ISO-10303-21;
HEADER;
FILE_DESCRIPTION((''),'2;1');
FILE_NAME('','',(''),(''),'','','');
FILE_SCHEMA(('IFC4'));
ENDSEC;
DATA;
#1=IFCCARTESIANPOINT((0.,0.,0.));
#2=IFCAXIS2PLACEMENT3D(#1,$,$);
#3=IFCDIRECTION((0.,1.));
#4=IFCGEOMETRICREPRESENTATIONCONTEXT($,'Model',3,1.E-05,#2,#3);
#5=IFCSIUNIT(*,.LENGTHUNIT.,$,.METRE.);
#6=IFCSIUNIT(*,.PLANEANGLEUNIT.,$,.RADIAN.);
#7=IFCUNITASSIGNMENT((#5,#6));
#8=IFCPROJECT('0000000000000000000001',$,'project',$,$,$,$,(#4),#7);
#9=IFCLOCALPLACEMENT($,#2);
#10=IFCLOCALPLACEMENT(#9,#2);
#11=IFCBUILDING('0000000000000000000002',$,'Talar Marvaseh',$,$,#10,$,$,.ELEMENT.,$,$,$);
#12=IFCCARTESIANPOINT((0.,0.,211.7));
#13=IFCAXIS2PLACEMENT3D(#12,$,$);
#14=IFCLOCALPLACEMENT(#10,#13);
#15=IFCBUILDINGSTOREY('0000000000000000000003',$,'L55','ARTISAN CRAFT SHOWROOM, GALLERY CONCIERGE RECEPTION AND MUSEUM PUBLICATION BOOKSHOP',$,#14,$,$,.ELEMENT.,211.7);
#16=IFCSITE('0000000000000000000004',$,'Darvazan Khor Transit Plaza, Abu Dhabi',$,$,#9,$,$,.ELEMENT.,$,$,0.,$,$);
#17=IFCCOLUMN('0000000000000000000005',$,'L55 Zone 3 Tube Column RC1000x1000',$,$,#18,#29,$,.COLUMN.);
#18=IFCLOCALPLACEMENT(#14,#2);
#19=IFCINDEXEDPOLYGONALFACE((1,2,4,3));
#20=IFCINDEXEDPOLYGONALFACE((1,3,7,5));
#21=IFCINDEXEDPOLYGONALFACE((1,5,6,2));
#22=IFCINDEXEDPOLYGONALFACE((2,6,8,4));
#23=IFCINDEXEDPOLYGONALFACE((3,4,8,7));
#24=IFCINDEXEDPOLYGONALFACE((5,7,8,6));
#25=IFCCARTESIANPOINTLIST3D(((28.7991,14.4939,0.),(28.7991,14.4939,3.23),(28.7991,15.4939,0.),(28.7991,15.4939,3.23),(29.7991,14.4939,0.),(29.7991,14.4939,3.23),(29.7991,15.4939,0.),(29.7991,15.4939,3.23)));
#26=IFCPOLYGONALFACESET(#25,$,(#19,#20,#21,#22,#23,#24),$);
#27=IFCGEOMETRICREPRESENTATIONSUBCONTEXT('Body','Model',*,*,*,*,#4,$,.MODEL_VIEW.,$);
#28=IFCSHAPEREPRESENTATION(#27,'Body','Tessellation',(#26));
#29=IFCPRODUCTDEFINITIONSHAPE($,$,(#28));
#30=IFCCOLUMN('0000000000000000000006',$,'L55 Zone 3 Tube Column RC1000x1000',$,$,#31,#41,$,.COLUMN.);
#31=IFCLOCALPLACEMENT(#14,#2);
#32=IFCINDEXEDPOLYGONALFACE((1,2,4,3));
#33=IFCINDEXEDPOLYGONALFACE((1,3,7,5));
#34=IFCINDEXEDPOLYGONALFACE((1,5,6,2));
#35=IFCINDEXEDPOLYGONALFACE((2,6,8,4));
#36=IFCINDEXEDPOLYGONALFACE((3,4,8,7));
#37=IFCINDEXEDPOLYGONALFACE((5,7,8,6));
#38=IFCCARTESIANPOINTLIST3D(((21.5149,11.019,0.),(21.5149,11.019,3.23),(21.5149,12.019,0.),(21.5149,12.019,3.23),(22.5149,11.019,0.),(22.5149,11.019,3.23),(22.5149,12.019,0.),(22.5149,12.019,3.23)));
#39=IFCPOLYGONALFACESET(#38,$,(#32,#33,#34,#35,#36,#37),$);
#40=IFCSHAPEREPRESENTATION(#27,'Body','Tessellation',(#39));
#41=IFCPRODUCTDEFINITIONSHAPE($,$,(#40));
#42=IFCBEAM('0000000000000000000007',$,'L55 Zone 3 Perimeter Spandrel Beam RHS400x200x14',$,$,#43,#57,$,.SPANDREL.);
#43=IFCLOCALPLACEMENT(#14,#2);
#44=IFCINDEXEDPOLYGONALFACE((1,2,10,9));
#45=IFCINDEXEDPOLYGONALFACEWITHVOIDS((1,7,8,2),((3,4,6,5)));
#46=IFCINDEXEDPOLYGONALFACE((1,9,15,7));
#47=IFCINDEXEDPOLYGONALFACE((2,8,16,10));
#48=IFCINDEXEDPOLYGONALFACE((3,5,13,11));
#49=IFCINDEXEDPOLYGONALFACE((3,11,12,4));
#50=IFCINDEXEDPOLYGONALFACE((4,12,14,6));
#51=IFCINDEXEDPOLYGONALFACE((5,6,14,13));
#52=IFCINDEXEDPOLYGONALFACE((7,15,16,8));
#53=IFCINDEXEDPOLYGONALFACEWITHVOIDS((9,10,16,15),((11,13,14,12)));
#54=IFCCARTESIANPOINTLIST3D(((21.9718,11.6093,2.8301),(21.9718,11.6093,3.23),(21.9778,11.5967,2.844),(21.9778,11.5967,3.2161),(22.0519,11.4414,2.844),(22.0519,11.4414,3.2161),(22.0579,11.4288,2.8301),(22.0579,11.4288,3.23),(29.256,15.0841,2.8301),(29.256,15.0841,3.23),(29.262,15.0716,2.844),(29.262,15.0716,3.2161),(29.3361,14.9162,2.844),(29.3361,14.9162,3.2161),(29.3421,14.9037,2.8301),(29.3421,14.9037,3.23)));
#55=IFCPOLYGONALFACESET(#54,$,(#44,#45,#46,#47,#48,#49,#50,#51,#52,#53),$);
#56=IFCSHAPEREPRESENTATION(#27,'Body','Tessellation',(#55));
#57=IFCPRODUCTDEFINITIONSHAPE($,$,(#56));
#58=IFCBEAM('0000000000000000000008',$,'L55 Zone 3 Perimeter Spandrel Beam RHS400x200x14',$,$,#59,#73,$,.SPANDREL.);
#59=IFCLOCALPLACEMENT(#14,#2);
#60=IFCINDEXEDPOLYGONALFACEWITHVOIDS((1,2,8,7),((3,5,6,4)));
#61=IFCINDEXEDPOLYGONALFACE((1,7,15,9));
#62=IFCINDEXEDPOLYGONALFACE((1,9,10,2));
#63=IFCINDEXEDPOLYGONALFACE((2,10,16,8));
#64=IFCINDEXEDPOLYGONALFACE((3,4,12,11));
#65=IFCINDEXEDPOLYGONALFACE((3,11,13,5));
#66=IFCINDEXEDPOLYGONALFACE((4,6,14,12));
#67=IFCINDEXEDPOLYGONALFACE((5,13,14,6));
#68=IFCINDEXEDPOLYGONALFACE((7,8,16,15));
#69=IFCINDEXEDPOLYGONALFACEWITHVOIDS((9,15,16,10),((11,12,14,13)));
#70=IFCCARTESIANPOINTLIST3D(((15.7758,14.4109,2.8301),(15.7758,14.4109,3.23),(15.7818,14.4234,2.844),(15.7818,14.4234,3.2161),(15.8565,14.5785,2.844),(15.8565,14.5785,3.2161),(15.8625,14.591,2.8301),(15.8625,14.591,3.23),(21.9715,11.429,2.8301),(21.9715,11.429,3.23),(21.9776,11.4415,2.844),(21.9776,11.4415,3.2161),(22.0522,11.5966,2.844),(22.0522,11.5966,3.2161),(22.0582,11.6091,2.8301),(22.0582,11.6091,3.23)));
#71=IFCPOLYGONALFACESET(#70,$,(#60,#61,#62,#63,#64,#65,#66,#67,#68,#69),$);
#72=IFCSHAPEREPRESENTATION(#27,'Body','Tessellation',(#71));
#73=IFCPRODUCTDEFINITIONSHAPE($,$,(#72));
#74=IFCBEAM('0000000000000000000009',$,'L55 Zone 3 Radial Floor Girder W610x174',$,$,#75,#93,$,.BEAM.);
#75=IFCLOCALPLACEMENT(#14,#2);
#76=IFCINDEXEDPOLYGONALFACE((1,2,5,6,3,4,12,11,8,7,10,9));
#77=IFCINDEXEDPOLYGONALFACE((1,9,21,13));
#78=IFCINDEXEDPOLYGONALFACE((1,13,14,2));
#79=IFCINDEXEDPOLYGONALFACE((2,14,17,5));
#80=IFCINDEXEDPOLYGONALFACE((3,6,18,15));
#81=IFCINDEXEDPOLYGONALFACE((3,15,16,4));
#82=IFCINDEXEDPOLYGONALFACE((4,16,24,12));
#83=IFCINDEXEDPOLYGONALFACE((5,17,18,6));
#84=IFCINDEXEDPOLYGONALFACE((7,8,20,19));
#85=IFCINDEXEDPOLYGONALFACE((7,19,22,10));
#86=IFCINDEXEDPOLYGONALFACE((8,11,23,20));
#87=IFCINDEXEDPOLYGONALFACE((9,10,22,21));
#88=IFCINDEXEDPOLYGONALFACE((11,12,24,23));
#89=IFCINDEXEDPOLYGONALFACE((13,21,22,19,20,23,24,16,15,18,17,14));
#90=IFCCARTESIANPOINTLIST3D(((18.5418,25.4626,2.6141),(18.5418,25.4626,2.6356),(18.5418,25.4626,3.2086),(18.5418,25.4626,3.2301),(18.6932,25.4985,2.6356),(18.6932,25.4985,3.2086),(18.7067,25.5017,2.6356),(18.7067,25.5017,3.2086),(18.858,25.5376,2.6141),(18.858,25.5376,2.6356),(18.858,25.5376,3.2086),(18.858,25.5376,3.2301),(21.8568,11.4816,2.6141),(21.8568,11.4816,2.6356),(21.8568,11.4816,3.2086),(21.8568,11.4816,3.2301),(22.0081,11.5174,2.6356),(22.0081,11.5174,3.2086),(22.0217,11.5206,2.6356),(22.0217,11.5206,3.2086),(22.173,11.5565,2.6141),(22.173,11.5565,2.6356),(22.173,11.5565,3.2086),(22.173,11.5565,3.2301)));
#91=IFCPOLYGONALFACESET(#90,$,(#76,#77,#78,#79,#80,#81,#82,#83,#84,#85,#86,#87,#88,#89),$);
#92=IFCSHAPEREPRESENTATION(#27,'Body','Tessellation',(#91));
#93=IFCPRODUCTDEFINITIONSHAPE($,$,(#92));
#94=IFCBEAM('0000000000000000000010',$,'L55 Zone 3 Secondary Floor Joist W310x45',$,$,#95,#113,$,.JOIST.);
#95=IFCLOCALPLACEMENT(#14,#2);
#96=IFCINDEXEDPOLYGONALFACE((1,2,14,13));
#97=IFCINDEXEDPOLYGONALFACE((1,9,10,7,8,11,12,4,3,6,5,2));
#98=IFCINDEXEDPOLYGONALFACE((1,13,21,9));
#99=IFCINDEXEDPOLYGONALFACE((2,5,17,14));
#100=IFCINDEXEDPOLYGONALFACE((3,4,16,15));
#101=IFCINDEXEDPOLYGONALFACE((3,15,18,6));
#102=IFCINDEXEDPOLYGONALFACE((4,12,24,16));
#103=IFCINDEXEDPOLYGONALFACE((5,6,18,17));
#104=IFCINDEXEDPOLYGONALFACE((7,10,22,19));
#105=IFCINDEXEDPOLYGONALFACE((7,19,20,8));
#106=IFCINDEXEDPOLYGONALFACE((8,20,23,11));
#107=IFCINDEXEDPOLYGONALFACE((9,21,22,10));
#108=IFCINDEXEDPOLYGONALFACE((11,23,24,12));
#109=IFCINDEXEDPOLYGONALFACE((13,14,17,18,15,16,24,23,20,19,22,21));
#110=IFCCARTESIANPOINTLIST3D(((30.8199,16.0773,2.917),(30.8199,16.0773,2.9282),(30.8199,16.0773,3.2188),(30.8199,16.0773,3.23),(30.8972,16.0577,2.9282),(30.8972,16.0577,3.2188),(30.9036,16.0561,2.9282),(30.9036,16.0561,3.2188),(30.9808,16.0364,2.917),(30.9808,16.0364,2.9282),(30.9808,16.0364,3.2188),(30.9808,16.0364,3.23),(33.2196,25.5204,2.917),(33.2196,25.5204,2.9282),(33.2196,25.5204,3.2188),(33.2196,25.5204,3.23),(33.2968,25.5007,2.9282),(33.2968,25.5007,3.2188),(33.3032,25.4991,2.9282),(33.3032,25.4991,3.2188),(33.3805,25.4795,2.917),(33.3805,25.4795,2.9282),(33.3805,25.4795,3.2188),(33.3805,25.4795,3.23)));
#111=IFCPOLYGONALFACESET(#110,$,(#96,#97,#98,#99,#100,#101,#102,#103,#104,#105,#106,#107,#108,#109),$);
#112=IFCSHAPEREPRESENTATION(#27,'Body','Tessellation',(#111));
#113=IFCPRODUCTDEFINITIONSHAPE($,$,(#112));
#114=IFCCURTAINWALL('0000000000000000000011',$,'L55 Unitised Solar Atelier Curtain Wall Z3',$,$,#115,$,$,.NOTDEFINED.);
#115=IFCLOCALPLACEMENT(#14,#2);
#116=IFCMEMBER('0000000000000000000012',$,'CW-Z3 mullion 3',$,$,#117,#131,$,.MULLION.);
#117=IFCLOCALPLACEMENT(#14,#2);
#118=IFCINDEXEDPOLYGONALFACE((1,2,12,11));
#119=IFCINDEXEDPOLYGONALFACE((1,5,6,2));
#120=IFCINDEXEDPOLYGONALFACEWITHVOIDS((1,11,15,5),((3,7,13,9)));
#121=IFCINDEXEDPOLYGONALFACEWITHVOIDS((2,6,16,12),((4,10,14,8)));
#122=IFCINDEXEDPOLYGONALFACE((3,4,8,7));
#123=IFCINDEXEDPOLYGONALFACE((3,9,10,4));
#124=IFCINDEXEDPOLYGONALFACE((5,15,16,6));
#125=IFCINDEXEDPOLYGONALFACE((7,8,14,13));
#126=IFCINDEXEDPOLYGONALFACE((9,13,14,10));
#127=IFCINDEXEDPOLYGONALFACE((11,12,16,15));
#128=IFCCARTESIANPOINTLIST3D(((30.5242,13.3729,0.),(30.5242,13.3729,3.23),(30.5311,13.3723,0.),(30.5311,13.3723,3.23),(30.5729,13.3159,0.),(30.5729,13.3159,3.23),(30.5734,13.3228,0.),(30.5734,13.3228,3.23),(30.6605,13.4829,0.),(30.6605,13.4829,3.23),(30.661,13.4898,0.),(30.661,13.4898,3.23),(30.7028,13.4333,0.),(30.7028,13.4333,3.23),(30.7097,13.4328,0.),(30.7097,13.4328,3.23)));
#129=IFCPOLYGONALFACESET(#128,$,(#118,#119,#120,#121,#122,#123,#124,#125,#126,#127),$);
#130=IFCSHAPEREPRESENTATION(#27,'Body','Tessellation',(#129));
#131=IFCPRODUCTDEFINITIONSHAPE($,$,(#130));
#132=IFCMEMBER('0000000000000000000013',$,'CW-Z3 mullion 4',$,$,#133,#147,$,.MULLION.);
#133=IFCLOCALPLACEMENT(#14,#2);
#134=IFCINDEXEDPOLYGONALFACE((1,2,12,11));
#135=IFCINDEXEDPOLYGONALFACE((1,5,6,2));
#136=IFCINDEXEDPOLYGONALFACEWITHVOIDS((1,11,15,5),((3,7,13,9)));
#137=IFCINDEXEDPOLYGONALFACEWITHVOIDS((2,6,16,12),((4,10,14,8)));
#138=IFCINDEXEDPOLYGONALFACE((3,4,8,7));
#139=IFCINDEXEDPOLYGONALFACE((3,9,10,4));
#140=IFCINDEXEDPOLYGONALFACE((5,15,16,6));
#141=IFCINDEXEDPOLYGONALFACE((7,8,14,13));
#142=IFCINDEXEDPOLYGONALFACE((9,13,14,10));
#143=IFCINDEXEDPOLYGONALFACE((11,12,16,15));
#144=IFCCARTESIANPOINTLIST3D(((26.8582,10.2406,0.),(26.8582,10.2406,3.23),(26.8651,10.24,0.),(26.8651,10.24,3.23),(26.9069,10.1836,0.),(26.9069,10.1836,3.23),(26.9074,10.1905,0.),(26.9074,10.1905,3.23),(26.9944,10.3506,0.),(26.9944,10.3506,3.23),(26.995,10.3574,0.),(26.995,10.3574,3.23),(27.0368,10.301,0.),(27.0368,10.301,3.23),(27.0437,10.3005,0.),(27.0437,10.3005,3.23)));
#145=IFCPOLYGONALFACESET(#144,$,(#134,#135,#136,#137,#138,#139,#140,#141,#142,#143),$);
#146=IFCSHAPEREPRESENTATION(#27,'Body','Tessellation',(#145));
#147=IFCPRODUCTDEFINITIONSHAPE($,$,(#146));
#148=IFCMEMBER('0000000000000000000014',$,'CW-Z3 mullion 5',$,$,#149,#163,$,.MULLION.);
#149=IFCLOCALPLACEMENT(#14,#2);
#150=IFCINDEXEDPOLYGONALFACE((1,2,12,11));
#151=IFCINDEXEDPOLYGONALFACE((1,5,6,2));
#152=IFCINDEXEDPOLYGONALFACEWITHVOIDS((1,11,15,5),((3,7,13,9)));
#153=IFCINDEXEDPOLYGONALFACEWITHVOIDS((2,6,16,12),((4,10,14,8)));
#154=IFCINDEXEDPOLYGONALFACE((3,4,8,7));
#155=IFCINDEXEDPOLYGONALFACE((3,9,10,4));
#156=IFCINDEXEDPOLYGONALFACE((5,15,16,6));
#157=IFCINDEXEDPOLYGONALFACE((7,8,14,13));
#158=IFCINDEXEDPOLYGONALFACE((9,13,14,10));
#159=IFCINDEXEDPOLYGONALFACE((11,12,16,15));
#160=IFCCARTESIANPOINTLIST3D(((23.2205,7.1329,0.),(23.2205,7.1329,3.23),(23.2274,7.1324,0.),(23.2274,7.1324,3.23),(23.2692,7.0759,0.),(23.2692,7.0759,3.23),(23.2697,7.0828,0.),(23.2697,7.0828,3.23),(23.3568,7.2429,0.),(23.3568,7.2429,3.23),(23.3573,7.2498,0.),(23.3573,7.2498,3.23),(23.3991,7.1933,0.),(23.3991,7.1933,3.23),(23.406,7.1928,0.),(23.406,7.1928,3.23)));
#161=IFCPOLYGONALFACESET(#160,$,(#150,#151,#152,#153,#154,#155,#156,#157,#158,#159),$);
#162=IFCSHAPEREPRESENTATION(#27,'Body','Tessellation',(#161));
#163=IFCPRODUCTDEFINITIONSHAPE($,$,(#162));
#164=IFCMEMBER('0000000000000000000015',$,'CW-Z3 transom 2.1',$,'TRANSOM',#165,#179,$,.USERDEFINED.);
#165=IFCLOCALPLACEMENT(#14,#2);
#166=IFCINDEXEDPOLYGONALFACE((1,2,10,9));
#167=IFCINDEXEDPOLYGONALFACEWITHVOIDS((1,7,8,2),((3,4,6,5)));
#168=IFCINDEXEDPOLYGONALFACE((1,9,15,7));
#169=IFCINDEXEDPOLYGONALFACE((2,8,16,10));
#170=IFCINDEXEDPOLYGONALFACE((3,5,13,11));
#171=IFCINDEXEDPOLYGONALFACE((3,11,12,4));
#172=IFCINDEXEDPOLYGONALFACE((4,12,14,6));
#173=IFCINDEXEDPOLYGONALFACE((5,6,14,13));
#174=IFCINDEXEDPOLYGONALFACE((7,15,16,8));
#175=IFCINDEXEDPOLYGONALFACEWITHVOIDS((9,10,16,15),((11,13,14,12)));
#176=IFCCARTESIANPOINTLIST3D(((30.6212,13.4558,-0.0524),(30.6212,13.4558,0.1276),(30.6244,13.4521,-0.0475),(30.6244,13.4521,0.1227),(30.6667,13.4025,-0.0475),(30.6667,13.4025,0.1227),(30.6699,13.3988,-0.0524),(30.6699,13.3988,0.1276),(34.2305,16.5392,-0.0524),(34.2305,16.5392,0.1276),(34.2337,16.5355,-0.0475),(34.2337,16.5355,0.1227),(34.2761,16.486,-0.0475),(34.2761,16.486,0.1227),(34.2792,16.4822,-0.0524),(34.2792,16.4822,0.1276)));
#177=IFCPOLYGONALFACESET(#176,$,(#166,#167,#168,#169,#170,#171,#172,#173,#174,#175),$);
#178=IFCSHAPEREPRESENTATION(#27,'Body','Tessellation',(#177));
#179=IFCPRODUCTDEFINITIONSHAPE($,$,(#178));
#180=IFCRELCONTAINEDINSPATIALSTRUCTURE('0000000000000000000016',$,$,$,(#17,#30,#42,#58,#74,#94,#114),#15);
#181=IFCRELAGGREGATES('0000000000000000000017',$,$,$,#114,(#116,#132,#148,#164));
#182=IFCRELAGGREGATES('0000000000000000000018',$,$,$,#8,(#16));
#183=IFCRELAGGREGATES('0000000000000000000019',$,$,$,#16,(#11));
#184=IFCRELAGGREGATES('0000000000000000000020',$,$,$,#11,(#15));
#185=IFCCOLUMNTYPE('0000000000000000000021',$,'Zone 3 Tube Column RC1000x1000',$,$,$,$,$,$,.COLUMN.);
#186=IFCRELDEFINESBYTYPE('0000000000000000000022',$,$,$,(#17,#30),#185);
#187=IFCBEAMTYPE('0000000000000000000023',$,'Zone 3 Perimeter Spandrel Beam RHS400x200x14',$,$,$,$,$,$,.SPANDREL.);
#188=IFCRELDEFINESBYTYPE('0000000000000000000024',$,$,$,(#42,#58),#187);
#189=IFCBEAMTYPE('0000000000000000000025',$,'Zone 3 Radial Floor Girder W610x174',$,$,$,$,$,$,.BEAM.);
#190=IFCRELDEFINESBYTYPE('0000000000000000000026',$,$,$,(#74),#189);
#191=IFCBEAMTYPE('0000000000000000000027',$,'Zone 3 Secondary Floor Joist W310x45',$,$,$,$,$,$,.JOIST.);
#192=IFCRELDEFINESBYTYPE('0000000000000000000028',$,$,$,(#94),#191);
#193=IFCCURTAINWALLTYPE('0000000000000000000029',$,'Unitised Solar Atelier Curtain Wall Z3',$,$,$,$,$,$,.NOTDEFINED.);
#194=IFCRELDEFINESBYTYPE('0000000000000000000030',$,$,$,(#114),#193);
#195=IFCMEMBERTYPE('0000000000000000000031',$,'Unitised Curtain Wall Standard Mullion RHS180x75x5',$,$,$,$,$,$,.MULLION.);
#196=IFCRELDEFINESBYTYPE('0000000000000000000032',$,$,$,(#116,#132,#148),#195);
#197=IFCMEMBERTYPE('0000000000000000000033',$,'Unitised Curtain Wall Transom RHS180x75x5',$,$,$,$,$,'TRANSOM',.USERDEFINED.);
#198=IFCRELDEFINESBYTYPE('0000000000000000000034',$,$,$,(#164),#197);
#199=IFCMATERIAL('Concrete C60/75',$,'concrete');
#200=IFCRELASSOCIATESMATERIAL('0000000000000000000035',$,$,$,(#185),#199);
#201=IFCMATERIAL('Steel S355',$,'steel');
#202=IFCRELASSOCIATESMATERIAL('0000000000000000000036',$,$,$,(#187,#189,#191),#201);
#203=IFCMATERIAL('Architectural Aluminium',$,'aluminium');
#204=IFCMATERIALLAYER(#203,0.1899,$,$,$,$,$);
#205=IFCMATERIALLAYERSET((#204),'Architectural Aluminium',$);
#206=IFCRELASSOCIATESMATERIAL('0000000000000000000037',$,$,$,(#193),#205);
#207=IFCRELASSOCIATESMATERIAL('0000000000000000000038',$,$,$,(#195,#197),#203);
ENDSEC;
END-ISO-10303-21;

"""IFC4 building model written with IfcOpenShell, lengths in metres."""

from ifc_helpers import new_model, si_unit, direction, frame, origin, origin_2d, place, context, subcontext, project, spatial, rectangle, hollow_rectangle, i_section, extrude, source, transform, mapped, material, layer, layer_set, material_profile, profile_set, type_object, type_shapes, element, aggregate, save


model = new_model("IFC4")

# Units and contexts
model_context = context("Model", 3, precision=1e-05, world=origin(), true_north=direction((0.0, 1.0)))
body_context = subcontext(model_context, "Body", "Model", "MODEL_VIEW")
ifc_project = project(units=[si_unit("LENGTHUNIT", "METRE"), si_unit("PLANEANGLEUNIT", "RADIAN")], contexts=[model_context])

# Site, building, storey
site_placement = place(None, origin())
site = spatial("IfcSite", under=ifc_project, at=site_placement, Name="Darvazan Khor Transit Plaza, Abu Dhabi", CompositionType="ELEMENT", RefElevation=0.0)
building_placement = place(site_placement, origin())
building = spatial("IfcBuilding", under=site, at=building_placement, Name="Talar Marvaseh", CompositionType="ELEMENT")
storey_placement = place(building_placement, frame((0.0, 0.0, 211.7)))
storey = spatial("IfcBuildingStorey", under=building, at=storey_placement, Name="L55", Description="ARTISAN CRAFT SHOWROOM, GALLERY CONCIERGE RECEPTION AND MUSEUM PUBLICATION BOOKSHOP", CompositionType="ELEMENT", Elevation=211.7)

# Columns
ifc_material_1 = material(Name="Concrete C60/75", Category="concrete")
ifc_material_profile_1 = material_profile(ifc_material_1, rectangle(XDim=1.0, YDim=1.0, at=origin_2d()), Name="RC1000x1000")
ifc_profile_set_1 = profile_set([ifc_material_profile_1], Name="Concrete C60/75")
column_type = type_object("IfcColumnType", Name="Zone 3 Tube Column RC1000x1000", PredefinedType="COLUMN", material=ifc_profile_set_1)
for number, where, z_axis, x_axis, name in (
    (1, (29.2991, 14.9939, 0.0), (0.0, 0.0, 1.0), (1.0, 0.0, 0.0), "L55 Zone 3 Tube Column RC1000x1000"),
    (2, (22.0149, 11.519, 0.0), (0.0, 0.0, 1.0), (1.0, 0.0, 0.0), "L55 Zone 3 Tube Column RC1000x1000"),
):
    element("IfcColumn", number, at=place(storey_placement, frame(where, z_axis=z_axis, x_axis=x_axis)), inside=storey, type_object=column_type, Name=name, PredefinedType="COLUMN", context=body_context, shape_type="SweptSolid", body=[
        extrude(rectangle(XDim=1.0, YDim=1.0, at=origin_2d()), origin(), (0.0, 0.0, 1.0), 3.23),
    ])

# Beams
ifc_material_2 = material(Name="Steel S355", Category="steel")
ifc_material_profile_2 = material_profile(ifc_material_2, hollow_rectangle(XDim=0.2, YDim=0.3999, WallThickness=0.0139, at=origin_2d()), Name="RHS400x200x14")
ifc_profile_set_2 = profile_set([ifc_material_profile_2], Name="Steel S355")
beam_type_1 = type_object("IfcBeamType", Name="Zone 3 Perimeter Spandrel Beam RHS400x200x14", PredefinedType="SPANDREL", material=ifc_profile_set_2)
beam_1_placement = place(storey_placement, frame((29.2991, 14.9939, 3.03), z_axis=(-0.902562, -0.430559, 0.0), x_axis=(0.430559, -0.902562, 0.0)))
element("IfcBeam", 3, at=beam_1_placement, inside=storey, type_object=beam_type_1, Name="L55 Zone 3 Perimeter Spandrel Beam RHS400x200x14", PredefinedType="SPANDREL", context=body_context, shape_type="SweptSolid", body=[
    extrude(hollow_rectangle(XDim=0.2, YDim=0.3999, WallThickness=0.0139, at=origin_2d()), origin(), (0.0, 0.0, 1.0), 8.0706),
])
beam_2_placement = place(storey_placement, frame((22.0149, 11.519, 3.03), z_axis=(-0.901072, 0.43367, 0.0), x_axis=(-0.43367, -0.901072, 0.0)))
element("IfcBeam", 4, at=beam_2_placement, inside=storey, type_object=beam_type_1, Name="L55 Zone 3 Perimeter Spandrel Beam RHS400x200x14", PredefinedType="SPANDREL", context=body_context, shape_type="SweptSolid", body=[
    extrude(hollow_rectangle(XDim=0.2, YDim=0.3999, WallThickness=0.0139, at=origin_2d()), origin(), (0.0, 0.0, 1.0), 6.876),
])
ifc_material_profile_3 = material_profile(ifc_material_2, i_section(OverallWidth=0.325, OverallDepth=0.616, WebThickness=0.0139, FlangeThickness=0.0215, at=origin_2d()), Name="W610x174")
ifc_profile_set_3 = profile_set([ifc_material_profile_3], Name="Steel S355")
beam_type_2 = type_object("IfcBeamType", Name="Zone 3 Radial Floor Girder W610x174", PredefinedType="BEAM", material=ifc_profile_set_3)
beam_3_placement = place(storey_placement, frame((22.0149, 11.519, 2.9221), z_axis=(-0.230708, 0.973023, 0.0), x_axis=(-0.973023, -0.230708, 0.0)))
element("IfcBeam", 5, at=beam_3_placement, inside=storey, type_object=beam_type_2, Name="L55 Zone 3 Radial Floor Girder W610x174", PredefinedType="BEAM", context=body_context, shape_type="SweptSolid", body=[
    extrude(i_section(OverallWidth=0.325, OverallDepth=0.616, WebThickness=0.0139, FlangeThickness=0.0215, at=origin_2d()), origin(), (0.0, 0.0, 1.0), 14.3687),
])
ifc_material_profile_4 = material_profile(ifc_material_2, i_section(OverallWidth=0.166, OverallDepth=0.313, WebThickness=0.0066, FlangeThickness=0.0112, at=origin_2d()), Name="W310x45")
ifc_profile_set_4 = profile_set([ifc_material_profile_4], Name="Steel S355")
beam_type_3 = type_object("IfcBeamType", Name="Zone 3 Secondary Floor Joist W310x45", PredefinedType="JOIST", material=ifc_profile_set_4)
beam_4_placement = place(storey_placement, frame((30.9004, 16.0569, 3.0735), z_axis=(0.246289, 0.969196, 0.0), x_axis=(-0.969196, 0.246289, 0.0)))
element("IfcBeam", 6, at=beam_4_placement, inside=storey, type_object=beam_type_3, Name="L55 Zone 3 Secondary Floor Joist W310x45", PredefinedType="JOIST", context=body_context, shape_type="SweptSolid", body=[
    extrude(i_section(OverallWidth=0.166, OverallDepth=0.313, WebThickness=0.0066, FlangeThickness=0.0112, at=origin_2d()), origin(), (0.0, 0.0, 1.0), 9.7432),
])

# Curtain wall, members
ifc_material_3 = material(Name="Architectural Aluminium", Category="aluminium")
ifc_layer_1 = layer(ifc_material_3, 0.1899)
ifc_layer_set_1 = layer_set([ifc_layer_1], Name="Architectural Aluminium")
curtain_wall_type = type_object("IfcCurtainWallType", Name="Unitised Solar Atelier Curtain Wall Z3", PredefinedType="NOTDEFINED", material=ifc_layer_set_1)
curtain_wall_placement = place(storey_placement, origin())
curtain_wall = element("IfcCurtainWall", 7, at=curtain_wall_placement, inside=storey, type_object=curtain_wall_type, Name="L55 Unitised Solar Atelier Curtain Wall Z3", PredefinedType="NOTDEFINED")
ifc_material_profile_5 = material_profile(ifc_material_3, hollow_rectangle(XDim=0.075, YDim=0.1799, WallThickness=0.0049, at=origin_2d()), Name="RHS180x75x5")
ifc_profile_set_5 = profile_set([ifc_material_profile_5], Name="Architectural Aluminium")
member_type_1 = type_object("IfcMemberType", Name="Unitised Curtain Wall Standard Mullion RHS180x75x5", PredefinedType="MULLION", material=ifc_profile_set_5)
shared_shape_1 = source(origin(), body_context, "Body", "SweptSolid", [
    extrude(hollow_rectangle(XDim=0.075, YDim=0.1799, WallThickness=0.0049, at=origin_2d()), origin(), (0.0, 0.0, 1.0), 3.23),
])
type_shapes(member_type_1, [shared_shape_1])
member_1_placement = place(storey_placement, frame((30.6169, 13.4028, 0.0), z_axis=(0.0, 0.0, 1.0), x_axis=(0.649565, -0.760306, 0.0)))
member_1 = element("IfcMember", 8, at=member_1_placement, type_object=member_type_1, Name="CW-Z3 mullion 3", PredefinedType="MULLION", context=body_context, shape_type="MappedRepresentation", body=[
    mapped(shared_shape_1, transform((0.0, 0.0, 0.0), x_axis=(1.0, 0.0, 0.0), y_axis=(0.0, 1.0, 0.0), z_axis=(0.0, 0.0, 1.0), scale=1.0)),
])
member_2_placement = place(storey_placement, frame((26.9509, 10.2705, 0.0), z_axis=(0.0, 0.0, 1.0), x_axis=(0.649565, -0.760306, 0.0)))
member_2 = element("IfcMember", 9, at=member_2_placement, type_object=member_type_1, Name="CW-Z3 mullion 4", PredefinedType="MULLION", context=body_context, shape_type="MappedRepresentation", body=[
    mapped(shared_shape_1, transform((0.0, 0.0, 0.0), x_axis=(1.0, 0.0, 0.0), y_axis=(0.0, 1.0, 0.0), z_axis=(0.0, 0.0, 1.0), scale=1.0)),
])
member_3_placement = place(storey_placement, frame((23.3132, 7.1628, 0.0), z_axis=(0.0, 0.0, 1.0), x_axis=(0.649565, -0.760306, 0.0)))
member_3 = element("IfcMember", 10, at=member_3_placement, type_object=member_type_1, Name="CW-Z3 mullion 5", PredefinedType="MULLION", context=body_context, shape_type="MappedRepresentation", body=[
    mapped(shared_shape_1, transform((0.0, 0.0, 0.0), x_axis=(1.0, 0.0, 0.0), y_axis=(0.0, 1.0, 0.0), z_axis=(0.0, 0.0, 1.0), scale=1.0)),
])
ifc_material_profile_6 = material_profile(ifc_material_3, hollow_rectangle(XDim=0.075, YDim=0.1799, WallThickness=0.0049, at=origin_2d()), Name="RHS180x75x5")
ifc_profile_set_6 = profile_set([ifc_material_profile_6], Name="Architectural Aluminium")
member_type_2 = type_object("IfcMemberType", Name="Unitised Curtain Wall Transom RHS180x75x5", ElementType="TRANSOM", PredefinedType="USERDEFINED", material=ifc_profile_set_6)
shared_shape_2 = source(origin(), body_context, "Body", "SweptSolid", [
    extrude(hollow_rectangle(XDim=0.075, YDim=0.1799, WallThickness=0.0049, at=origin_2d()), origin(), (0.0, 0.0, 1.0), 4.7471),
])
member_4_placement = place(storey_placement, frame((34.2549, 16.5107, 0.0376), z_axis=(-0.760323, -0.649545, 0.0), x_axis=(0.649545, -0.760323, 0.0)))
member_4 = element("IfcMember", 11, at=member_4_placement, type_object=member_type_2, Name="CW-Z3 transom 2.1", ObjectType="TRANSOM", PredefinedType="USERDEFINED", context=body_context, shape_type="MappedRepresentation", body=[
    mapped(shared_shape_2, transform((0.0, 0.0, 0.0), x_axis=(1.0, 0.0, 0.0), y_axis=(0.0, 1.0, 0.0), z_axis=(0.0, 0.0, 1.0), scale=1.0)),
])
aggregate(curtain_wall, [member_1, member_2, member_3, member_4])

save(model, "model.ifc")
